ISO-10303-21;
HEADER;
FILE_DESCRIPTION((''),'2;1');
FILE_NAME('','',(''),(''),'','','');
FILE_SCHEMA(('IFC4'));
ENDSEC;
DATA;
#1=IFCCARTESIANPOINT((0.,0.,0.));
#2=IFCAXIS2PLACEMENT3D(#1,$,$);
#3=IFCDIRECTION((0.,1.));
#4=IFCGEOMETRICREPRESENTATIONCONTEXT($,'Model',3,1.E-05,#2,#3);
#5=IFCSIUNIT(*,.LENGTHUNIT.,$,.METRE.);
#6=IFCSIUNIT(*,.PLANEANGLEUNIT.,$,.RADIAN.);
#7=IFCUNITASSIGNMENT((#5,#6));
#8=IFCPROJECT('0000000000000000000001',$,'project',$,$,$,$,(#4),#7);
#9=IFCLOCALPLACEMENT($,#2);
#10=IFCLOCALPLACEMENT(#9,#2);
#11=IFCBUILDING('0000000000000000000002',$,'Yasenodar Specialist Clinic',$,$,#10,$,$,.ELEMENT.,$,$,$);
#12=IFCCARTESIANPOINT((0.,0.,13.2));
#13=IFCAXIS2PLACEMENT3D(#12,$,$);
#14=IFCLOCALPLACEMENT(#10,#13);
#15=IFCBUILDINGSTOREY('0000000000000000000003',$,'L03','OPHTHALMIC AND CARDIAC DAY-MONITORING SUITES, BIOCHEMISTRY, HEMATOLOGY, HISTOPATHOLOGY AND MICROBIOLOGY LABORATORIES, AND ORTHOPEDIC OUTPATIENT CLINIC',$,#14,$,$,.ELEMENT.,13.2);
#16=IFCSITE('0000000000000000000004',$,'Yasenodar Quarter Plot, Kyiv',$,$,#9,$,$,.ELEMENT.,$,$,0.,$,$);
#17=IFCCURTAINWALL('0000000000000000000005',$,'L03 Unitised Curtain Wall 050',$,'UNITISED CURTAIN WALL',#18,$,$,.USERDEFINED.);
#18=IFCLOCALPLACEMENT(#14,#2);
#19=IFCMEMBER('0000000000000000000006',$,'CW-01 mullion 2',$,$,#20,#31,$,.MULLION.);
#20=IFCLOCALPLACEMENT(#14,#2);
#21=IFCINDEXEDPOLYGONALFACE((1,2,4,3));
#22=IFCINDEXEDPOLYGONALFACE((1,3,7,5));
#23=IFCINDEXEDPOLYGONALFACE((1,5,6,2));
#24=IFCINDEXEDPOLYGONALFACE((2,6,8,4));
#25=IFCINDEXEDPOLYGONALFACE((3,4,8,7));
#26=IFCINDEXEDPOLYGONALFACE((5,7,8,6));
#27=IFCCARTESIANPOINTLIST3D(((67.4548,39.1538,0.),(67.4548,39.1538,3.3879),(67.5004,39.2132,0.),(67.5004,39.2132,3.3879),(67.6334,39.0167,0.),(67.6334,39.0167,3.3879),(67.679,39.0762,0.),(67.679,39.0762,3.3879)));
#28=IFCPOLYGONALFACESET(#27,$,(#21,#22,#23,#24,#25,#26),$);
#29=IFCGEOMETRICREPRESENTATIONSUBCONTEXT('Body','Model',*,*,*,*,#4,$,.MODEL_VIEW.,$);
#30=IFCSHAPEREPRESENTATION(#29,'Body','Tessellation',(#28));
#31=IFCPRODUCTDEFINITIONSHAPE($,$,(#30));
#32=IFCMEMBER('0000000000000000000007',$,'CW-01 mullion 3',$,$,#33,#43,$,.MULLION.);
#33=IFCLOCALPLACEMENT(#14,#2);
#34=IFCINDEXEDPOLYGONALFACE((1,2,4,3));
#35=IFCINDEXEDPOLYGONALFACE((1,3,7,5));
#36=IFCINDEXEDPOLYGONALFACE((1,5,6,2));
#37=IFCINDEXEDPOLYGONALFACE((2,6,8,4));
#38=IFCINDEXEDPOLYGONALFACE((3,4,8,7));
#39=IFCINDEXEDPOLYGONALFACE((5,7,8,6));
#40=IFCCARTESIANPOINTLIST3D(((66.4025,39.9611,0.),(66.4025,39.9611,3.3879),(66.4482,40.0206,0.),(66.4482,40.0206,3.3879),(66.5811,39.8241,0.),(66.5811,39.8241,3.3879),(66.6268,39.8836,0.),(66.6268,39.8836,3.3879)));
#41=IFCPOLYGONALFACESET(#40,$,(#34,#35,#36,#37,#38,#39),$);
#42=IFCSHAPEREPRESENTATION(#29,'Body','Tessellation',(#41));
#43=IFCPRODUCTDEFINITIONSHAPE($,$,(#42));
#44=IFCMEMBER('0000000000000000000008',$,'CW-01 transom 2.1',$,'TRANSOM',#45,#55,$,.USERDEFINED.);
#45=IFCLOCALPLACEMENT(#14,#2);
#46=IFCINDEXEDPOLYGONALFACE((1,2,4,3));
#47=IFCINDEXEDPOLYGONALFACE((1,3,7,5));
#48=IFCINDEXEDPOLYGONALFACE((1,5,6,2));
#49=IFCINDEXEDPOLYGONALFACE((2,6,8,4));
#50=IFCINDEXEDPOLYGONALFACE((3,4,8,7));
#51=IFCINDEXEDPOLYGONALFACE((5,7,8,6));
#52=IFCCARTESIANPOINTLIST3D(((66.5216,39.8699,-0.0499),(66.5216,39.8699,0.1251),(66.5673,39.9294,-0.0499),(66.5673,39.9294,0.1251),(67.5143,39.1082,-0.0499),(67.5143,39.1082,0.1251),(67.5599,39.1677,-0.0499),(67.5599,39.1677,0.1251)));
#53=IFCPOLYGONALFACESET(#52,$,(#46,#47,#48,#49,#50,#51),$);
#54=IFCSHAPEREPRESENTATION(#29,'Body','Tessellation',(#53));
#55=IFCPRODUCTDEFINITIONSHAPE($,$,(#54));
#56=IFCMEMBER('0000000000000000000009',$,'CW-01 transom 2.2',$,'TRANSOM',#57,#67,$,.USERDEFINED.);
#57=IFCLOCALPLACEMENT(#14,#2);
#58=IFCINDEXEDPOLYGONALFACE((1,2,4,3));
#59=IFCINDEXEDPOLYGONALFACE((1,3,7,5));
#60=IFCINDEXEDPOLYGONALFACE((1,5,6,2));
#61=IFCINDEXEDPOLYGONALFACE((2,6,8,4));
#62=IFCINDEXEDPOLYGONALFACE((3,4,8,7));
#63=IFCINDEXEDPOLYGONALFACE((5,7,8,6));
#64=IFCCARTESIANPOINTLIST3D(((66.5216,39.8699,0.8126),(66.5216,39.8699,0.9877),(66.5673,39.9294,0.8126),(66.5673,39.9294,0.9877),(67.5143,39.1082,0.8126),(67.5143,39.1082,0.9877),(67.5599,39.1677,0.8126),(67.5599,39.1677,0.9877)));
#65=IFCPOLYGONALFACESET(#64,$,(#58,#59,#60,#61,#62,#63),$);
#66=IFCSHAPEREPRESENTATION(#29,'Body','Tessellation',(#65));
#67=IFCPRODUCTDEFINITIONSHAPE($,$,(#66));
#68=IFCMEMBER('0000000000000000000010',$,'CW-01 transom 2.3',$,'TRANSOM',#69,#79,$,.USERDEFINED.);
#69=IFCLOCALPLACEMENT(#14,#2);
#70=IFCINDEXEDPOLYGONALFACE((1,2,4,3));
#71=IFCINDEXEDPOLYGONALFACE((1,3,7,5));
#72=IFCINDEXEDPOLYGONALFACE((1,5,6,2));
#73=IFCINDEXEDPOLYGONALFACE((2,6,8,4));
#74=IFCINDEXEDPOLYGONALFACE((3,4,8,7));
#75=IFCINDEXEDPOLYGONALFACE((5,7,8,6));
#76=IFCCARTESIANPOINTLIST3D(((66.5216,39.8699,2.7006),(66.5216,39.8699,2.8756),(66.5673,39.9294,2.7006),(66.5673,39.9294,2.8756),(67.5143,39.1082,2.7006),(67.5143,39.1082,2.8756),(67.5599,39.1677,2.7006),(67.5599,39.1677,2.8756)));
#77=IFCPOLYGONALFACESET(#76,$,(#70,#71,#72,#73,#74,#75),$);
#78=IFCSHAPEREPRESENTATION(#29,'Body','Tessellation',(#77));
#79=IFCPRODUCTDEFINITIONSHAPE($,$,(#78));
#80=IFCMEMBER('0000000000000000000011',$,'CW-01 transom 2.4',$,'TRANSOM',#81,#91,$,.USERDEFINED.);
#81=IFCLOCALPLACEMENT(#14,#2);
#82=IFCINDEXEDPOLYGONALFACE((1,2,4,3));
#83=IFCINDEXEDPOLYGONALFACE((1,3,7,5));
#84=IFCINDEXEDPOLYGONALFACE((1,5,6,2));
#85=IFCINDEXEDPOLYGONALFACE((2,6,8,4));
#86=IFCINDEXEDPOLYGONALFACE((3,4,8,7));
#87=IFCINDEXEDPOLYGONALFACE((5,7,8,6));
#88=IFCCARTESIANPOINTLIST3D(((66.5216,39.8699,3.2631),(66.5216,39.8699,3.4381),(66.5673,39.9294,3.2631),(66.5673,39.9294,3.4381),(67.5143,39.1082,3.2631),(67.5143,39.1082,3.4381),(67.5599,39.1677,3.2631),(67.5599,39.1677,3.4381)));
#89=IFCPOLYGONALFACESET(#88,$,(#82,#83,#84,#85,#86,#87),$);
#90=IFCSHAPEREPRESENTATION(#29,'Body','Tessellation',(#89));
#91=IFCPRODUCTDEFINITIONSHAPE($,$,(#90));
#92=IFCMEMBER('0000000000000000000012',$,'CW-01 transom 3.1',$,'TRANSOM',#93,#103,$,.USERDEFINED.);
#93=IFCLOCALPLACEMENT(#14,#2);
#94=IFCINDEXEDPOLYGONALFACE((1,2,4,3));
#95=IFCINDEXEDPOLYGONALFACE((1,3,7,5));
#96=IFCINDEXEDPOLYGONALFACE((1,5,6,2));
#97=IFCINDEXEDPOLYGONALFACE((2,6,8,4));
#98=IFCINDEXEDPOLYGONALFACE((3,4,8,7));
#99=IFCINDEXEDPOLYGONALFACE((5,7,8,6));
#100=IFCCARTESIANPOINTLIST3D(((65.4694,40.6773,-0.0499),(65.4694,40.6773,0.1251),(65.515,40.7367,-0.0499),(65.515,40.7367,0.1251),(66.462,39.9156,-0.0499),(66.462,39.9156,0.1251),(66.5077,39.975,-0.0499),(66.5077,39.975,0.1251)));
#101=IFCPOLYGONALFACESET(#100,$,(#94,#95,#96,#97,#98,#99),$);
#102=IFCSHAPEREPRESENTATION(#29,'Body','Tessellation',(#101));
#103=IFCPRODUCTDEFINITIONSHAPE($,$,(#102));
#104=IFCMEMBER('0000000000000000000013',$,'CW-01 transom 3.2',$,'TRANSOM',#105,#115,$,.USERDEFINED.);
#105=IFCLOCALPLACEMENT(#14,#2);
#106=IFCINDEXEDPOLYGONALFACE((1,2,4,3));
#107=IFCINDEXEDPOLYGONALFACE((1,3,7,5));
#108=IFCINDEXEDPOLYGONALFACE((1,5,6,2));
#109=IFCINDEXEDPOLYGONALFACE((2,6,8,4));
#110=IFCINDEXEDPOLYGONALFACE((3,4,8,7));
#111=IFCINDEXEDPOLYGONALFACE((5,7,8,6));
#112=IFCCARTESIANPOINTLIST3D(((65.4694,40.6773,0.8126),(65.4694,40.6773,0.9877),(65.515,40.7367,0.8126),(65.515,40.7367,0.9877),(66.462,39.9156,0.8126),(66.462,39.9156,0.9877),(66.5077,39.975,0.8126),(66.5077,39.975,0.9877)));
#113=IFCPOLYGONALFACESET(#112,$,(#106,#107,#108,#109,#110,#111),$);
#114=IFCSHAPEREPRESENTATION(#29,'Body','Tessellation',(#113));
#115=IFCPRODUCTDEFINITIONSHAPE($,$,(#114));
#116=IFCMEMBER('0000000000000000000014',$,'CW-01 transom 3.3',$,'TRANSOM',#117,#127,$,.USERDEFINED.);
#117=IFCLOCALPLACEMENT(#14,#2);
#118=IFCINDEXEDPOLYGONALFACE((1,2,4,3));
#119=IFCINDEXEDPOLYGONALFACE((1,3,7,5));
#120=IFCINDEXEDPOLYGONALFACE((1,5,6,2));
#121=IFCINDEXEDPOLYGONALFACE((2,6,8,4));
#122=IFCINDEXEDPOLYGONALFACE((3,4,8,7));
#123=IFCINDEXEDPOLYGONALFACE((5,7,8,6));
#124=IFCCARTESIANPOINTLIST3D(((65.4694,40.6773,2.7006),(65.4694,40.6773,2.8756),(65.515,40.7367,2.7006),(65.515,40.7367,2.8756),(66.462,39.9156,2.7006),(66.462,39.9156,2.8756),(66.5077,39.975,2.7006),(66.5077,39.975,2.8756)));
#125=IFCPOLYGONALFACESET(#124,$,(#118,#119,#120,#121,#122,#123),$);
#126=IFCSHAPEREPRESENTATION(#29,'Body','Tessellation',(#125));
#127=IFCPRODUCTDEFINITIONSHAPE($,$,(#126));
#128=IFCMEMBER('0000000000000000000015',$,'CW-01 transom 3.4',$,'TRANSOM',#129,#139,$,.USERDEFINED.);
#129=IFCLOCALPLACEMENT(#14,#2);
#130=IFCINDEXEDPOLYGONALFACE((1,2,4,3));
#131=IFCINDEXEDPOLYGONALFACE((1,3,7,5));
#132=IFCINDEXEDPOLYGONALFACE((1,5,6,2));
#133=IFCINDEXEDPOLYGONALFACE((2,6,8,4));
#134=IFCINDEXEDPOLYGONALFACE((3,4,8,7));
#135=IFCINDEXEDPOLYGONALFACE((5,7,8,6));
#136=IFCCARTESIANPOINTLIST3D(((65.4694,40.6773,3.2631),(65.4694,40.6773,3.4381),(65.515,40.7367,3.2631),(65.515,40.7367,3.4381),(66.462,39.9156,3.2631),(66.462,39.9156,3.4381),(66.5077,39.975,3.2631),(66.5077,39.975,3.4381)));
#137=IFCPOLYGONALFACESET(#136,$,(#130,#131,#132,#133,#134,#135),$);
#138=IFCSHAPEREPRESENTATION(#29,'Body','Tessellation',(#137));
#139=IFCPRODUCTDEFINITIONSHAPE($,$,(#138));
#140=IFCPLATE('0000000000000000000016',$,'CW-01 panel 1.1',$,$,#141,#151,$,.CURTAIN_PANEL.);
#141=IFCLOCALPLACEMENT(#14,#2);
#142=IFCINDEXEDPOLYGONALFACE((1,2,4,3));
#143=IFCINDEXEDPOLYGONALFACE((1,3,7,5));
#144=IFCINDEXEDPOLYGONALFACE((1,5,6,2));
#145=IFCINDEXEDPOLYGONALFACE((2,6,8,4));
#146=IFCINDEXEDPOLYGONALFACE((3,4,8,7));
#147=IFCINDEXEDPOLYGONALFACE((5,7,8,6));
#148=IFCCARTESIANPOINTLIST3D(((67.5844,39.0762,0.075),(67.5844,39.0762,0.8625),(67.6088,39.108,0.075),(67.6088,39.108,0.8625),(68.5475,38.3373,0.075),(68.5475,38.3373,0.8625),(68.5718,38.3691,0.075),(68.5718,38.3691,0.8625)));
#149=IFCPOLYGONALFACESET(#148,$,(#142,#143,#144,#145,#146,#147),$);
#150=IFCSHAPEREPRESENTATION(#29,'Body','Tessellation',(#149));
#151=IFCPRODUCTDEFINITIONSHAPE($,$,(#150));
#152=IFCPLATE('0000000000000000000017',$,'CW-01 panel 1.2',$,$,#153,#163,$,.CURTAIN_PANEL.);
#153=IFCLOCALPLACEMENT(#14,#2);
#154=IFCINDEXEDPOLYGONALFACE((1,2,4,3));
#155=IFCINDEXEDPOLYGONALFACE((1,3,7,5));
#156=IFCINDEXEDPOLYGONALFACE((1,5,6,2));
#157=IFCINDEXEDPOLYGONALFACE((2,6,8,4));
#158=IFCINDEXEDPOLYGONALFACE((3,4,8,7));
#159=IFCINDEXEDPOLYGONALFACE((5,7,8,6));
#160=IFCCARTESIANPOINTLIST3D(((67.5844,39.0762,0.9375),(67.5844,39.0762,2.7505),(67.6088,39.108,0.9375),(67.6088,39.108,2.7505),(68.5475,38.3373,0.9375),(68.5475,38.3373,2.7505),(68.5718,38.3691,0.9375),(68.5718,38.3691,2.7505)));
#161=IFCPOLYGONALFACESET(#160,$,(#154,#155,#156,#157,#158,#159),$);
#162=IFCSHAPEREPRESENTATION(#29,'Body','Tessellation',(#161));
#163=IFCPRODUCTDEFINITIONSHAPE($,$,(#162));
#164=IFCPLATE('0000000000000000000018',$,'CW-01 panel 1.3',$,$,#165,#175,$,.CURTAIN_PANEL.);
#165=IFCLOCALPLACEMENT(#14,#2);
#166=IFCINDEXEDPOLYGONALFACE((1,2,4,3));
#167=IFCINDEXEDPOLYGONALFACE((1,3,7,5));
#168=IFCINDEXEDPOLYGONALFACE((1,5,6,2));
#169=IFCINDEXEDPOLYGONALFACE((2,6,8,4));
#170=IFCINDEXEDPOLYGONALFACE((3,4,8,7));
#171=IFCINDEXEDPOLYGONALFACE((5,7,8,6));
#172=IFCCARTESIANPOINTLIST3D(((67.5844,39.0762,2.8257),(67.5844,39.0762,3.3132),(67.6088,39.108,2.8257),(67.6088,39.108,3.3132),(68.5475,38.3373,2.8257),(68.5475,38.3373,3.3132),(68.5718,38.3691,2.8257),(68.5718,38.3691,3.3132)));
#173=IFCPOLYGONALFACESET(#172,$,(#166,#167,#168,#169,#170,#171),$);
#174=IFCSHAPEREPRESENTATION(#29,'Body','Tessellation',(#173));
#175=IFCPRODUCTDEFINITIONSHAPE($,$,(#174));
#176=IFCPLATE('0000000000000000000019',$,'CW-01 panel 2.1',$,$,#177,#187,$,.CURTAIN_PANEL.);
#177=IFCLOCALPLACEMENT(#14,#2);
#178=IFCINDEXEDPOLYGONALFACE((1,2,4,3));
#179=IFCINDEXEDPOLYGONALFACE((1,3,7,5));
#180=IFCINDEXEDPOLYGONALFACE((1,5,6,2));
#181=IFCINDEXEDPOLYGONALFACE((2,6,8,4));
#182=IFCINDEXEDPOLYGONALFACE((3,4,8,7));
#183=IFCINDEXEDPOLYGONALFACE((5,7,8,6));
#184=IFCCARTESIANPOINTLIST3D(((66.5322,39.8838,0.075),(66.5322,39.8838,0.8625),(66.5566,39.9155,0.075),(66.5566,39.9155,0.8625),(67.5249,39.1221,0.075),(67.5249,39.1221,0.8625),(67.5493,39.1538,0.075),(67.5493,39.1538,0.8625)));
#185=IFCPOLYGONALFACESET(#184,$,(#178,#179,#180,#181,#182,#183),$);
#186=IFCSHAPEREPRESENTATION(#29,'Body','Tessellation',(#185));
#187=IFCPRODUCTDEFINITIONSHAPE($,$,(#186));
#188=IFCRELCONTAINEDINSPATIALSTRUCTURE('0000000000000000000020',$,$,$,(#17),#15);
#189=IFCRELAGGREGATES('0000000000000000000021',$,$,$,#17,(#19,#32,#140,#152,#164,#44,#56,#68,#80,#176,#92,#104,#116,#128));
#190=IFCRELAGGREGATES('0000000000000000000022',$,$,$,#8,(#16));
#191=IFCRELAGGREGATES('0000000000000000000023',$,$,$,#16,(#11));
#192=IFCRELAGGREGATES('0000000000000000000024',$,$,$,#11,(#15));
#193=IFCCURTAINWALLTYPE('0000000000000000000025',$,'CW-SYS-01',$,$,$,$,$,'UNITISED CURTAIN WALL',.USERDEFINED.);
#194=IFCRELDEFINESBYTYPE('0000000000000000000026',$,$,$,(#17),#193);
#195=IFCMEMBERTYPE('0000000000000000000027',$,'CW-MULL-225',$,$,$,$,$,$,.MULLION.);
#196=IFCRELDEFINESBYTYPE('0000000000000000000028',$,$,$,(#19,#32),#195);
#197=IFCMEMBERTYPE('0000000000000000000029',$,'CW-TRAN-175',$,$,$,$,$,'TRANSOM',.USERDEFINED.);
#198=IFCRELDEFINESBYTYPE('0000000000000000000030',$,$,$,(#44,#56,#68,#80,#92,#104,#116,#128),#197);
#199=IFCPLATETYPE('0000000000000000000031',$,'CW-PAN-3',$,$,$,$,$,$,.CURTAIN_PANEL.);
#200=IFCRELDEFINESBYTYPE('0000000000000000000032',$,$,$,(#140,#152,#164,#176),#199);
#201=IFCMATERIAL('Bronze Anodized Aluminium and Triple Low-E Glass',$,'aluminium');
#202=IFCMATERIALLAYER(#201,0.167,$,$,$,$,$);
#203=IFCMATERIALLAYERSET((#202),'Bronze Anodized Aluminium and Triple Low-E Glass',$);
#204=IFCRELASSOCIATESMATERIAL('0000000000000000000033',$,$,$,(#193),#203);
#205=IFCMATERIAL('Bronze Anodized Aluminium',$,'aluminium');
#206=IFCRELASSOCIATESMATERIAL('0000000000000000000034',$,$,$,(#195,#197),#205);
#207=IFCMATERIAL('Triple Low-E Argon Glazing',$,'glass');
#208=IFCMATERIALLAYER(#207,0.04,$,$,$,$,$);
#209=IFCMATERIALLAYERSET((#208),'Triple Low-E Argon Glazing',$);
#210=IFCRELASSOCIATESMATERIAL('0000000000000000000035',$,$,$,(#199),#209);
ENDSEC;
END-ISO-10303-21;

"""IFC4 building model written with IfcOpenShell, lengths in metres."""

from ifc_helpers import new_model, si_unit, direction, frame, origin, origin_2d, place, context, subcontext, project, spatial, rectangle, extrude, material, layer, layer_set, material_profile, profile_set, type_object, element, aggregate, save


model = new_model("IFC4")

# Units and contexts
model_context = context("Model", 3, precision=1e-05, world=origin(), true_north=direction((0.0, 1.0)))
body_context = subcontext(model_context, "Body", "Model", "MODEL_VIEW")
ifc_project = project(units=[si_unit("LENGTHUNIT", "METRE"), si_unit("PLANEANGLEUNIT", "RADIAN")], contexts=[model_context])

# Site, building, storey
site_placement = place(None, origin())
site = spatial("IfcSite", under=ifc_project, at=site_placement, Name="Yasenodar Quarter Plot, Kyiv", CompositionType="ELEMENT", RefElevation=0.0)
building_placement = place(site_placement, origin())
building = spatial("IfcBuilding", under=site, at=building_placement, Name="Yasenodar Specialist Clinic", CompositionType="ELEMENT")
storey_placement = place(building_placement, frame((0.0, 0.0, 13.2)))
storey = spatial("IfcBuildingStorey", under=building, at=storey_placement, Name="L03", Description="OPHTHALMIC AND CARDIAC DAY-MONITORING SUITES, BIOCHEMISTRY, HEMATOLOGY, HISTOPATHOLOGY AND MICROBIOLOGY LABORATORIES, AND ORTHOPEDIC OUTPATIENT CLINIC", CompositionType="ELEMENT", Elevation=13.2)

# Curtain wall, members, plates
ifc_material_1 = material(Name="Bronze Anodized Aluminium and Triple Low-E Glass", Category="aluminium")
ifc_layer_1 = layer(ifc_material_1, 0.167)
ifc_layer_set_1 = layer_set([ifc_layer_1], Name="Bronze Anodized Aluminium and Triple Low-E Glass")
curtain_wall_type = type_object("IfcCurtainWallType", Name="CW-SYS-01", ElementType="UNITISED CURTAIN WALL", PredefinedType="USERDEFINED", material=ifc_layer_set_1)
curtain_wall_placement = place(storey_placement, origin())
curtain_wall = element("IfcCurtainWall", 1, at=curtain_wall_placement, inside=storey, type_object=curtain_wall_type, Name="L03 Unitised Curtain Wall 050", ObjectType="UNITISED CURTAIN WALL", PredefinedType="USERDEFINED")
ifc_material_2 = material(Name="Bronze Anodized Aluminium", Category="aluminium")
ifc_material_profile_1 = material_profile(ifc_material_2, rectangle(XDim=0.075, YDim=0.2251, at=origin_2d()), Name="CW-MULL 75x225")
ifc_profile_set_1 = profile_set([ifc_material_profile_1], Name="Bronze Anodized Aluminium")
member_type_1 = type_object("IfcMemberType", Name="CW-MULL-225", PredefinedType="MULLION", material=ifc_profile_set_1)
member_1_placement = place(storey_placement, frame((67.5669, 39.115, 0.0), z_axis=(0.0, 0.0, 1.0), x_axis=(-0.608752, -0.793361, 0.0)))
member_1 = element("IfcMember", 2, at=member_1_placement, type_object=member_type_1, Name="CW-01 mullion 2", PredefinedType="MULLION", context=body_context, shape_type="SweptSolid", body=[
    extrude(rectangle(XDim=0.075, YDim=0.2251, at=origin_2d()), origin(), (0.0, 0.0, 1.0), 3.3879),
])
member_2_placement = place(storey_placement, frame((66.5146, 39.9224, 0.0), z_axis=(0.0, 0.0, 1.0), x_axis=(-0.608752, -0.793361, 0.0)))
member_2 = element("IfcMember", 3, at=member_2_placement, type_object=member_type_1, Name="CW-01 mullion 3", PredefinedType="MULLION", context=body_context, shape_type="SweptSolid", body=[
    extrude(rectangle(XDim=0.075, YDim=0.2251, at=origin_2d()), origin(), (0.0, 0.0, 1.0), 3.3879),
])
ifc_material_profile_2 = material_profile(ifc_material_2, rectangle(XDim=0.075, YDim=0.175, at=origin_2d()), Name="CW-TRAN 75x175")
ifc_profile_set_2 = profile_set([ifc_material_profile_2], Name="Bronze Anodized Aluminium")
member_type_2 = type_object("IfcMemberType", Name="CW-TRAN-175", ElementType="TRANSOM", PredefinedType="USERDEFINED", material=ifc_profile_set_2)
member_3_placement = place(storey_placement, frame((67.5371, 39.1379, 0.0376), z_axis=(-0.793349, 0.608767, 0.0), x_axis=(-0.608767, -0.793349, 0.0)))
member_3 = element("IfcMember", 4, at=member_3_placement, type_object=member_type_2, Name="CW-01 transom 2.1", ObjectType="TRANSOM", PredefinedType="USERDEFINED", context=body_context, shape_type="SweptSolid", body=[
    extrude(rectangle(XDim=0.075, YDim=0.175, at=origin_2d()), origin(), (0.0, 0.0, 1.0), 1.2512),
])
member_4_placement = place(storey_placement, frame((67.5371, 39.1379, 0.9001), z_axis=(-0.793349, 0.608767, 0.0), x_axis=(-0.608767, -0.793349, 0.0)))
member_4 = element("IfcMember", 5, at=member_4_placement, type_object=member_type_2, Name="CW-01 transom 2.2", ObjectType="TRANSOM", PredefinedType="USERDEFINED", context=body_context, shape_type="SweptSolid", body=[
    extrude(rectangle(XDim=0.075, YDim=0.175, at=origin_2d()), origin(), (0.0, 0.0, 1.0), 1.2512),
])
member_5_placement = place(storey_placement, frame((67.5371, 39.1379, 2.7881), z_axis=(-0.793349, 0.608767, 0.0), x_axis=(-0.608767, -0.793349, 0.0)))
member_5 = element("IfcMember", 6, at=member_5_placement, type_object=member_type_2, Name="CW-01 transom 2.3", ObjectType="TRANSOM", PredefinedType="USERDEFINED", context=body_context, shape_type="SweptSolid", body=[
    extrude(rectangle(XDim=0.075, YDim=0.175, at=origin_2d()), origin(), (0.0, 0.0, 1.0), 1.2512),
])
member_6_placement = place(storey_placement, frame((67.5371, 39.1379, 3.3506), z_axis=(-0.793349, 0.608767, 0.0), x_axis=(-0.608767, -0.793349, 0.0)))
member_6 = element("IfcMember", 7, at=member_6_placement, type_object=member_type_2, Name="CW-01 transom 2.4", ObjectType="TRANSOM", PredefinedType="USERDEFINED", context=body_context, shape_type="SweptSolid", body=[
    extrude(rectangle(XDim=0.075, YDim=0.175, at=origin_2d()), origin(), (0.0, 0.0, 1.0), 1.2512),
])
member_7_placement = place(storey_placement, frame((66.4849, 39.9453, 0.0376), z_axis=(-0.793349, 0.608767, 0.0), x_axis=(-0.608767, -0.793349, 0.0)))
member_7 = element("IfcMember", 8, at=member_7_placement, type_object=member_type_2, Name="CW-01 transom 3.1", ObjectType="TRANSOM", PredefinedType="USERDEFINED", context=body_context, shape_type="SweptSolid", body=[
    extrude(rectangle(XDim=0.075, YDim=0.175, at=origin_2d()), origin(), (0.0, 0.0, 1.0), 1.2512),
])
member_8_placement = place(storey_placement, frame((66.4849, 39.9453, 0.9001), z_axis=(-0.793349, 0.608767, 0.0), x_axis=(-0.608767, -0.793349, 0.0)))
member_8 = element("IfcMember", 9, at=member_8_placement, type_object=member_type_2, Name="CW-01 transom 3.2", ObjectType="TRANSOM", PredefinedType="USERDEFINED", context=body_context, shape_type="SweptSolid", body=[
    extrude(rectangle(XDim=0.075, YDim=0.175, at=origin_2d()), origin(), (0.0, 0.0, 1.0), 1.2512),
])
member_9_placement = place(storey_placement, frame((66.4849, 39.9453, 2.7881), z_axis=(-0.793349, 0.608767, 0.0), x_axis=(-0.608767, -0.793349, 0.0)))
member_9 = element("IfcMember", 10, at=member_9_placement, type_object=member_type_2, Name="CW-01 transom 3.3", ObjectType="TRANSOM", PredefinedType="USERDEFINED", context=body_context, shape_type="SweptSolid", body=[
    extrude(rectangle(XDim=0.075, YDim=0.175, at=origin_2d()), origin(), (0.0, 0.0, 1.0), 1.2512),
])
member_10_placement = place(storey_placement, frame((66.4849, 39.9453, 3.3506), z_axis=(-0.793349, 0.608767, 0.0), x_axis=(-0.608767, -0.793349, 0.0)))
member_10 = element("IfcMember", 11, at=member_10_placement, type_object=member_type_2, Name="CW-01 transom 3.4", ObjectType="TRANSOM", PredefinedType="USERDEFINED", context=body_context, shape_type="SweptSolid", body=[
    extrude(rectangle(XDim=0.075, YDim=0.175, at=origin_2d()), origin(), (0.0, 0.0, 1.0), 1.2512),
])
ifc_material_3 = material(Name="Triple Low-E Argon Glazing", Category="glass")
ifc_layer_2 = layer(ifc_material_3, 0.04)
ifc_layer_set_2 = layer_set([ifc_layer_2], Name="Triple Low-E Argon Glazing")
plate_type_1 = type_object("IfcPlateType", Name="CW-PAN-3", PredefinedType="CURTAIN_PANEL", material=ifc_layer_set_2)
plate_1_placement = place(storey_placement, frame((68.0781, 38.7227, 0.075), z_axis=(0.0, 0.0, 1.0), x_axis=(-0.793361, 0.608752, 0.0)))
plate_1 = element("IfcPlate", 12, at=plate_1_placement, type_object=plate_type_1, Name="CW-01 panel 1.1", PredefinedType="CURTAIN_PANEL", context=body_context, shape_type="SweptSolid", body=[
    extrude(rectangle(XDim=1.2139, YDim=0.04, at=origin_2d()), origin(), (0.0, 0.0, 1.0), 0.7876),
])
plate_2_placement = place(storey_placement, frame((68.0781, 38.7227, 0.9375), z_axis=(0.0, 0.0, 1.0), x_axis=(-0.793361, 0.608752, 0.0)))
plate_2 = element("IfcPlate", 13, at=plate_2_placement, type_object=plate_type_1, Name="CW-01 panel 1.2", PredefinedType="CURTAIN_PANEL", context=body_context, shape_type="SweptSolid", body=[
    extrude(rectangle(XDim=1.2139, YDim=0.04, at=origin_2d()), origin(), (0.0, 0.0, 1.0), 1.813),
])
plate_3_placement = place(storey_placement, frame((68.0781, 38.7227, 2.8257), z_axis=(0.0, 0.0, 1.0), x_axis=(-0.793361, 0.608752, 0.0)))
plate_3 = element("IfcPlate", 14, at=plate_3_placement, type_object=plate_type_1, Name="CW-01 panel 1.3", PredefinedType="CURTAIN_PANEL", context=body_context, shape_type="SweptSolid", body=[
    extrude(rectangle(XDim=1.2139, YDim=0.04, at=origin_2d()), origin(), (0.0, 0.0, 1.0), 0.4875),
])
plate_4_placement = place(storey_placement, frame((67.0408, 39.5188, 0.075), z_axis=(0.0, 0.0, 1.0), x_axis=(-0.793361, 0.608752, 0.0)))
plate_4 = element("IfcPlate", 15, at=plate_4_placement, type_object=plate_type_1, Name="CW-01 panel 2.1", PredefinedType="CURTAIN_PANEL", context=body_context, shape_type="SweptSolid", body=[
    extrude(rectangle(XDim=1.2512, YDim=0.04, at=origin_2d()), origin(), (0.0, 0.0, 1.0), 0.7876),
])
aggregate(curtain_wall, [member_1, member_2, plate_1, plate_2, plate_3, member_3, member_4, member_5, member_6, plate_4, member_7, member_8, member_9, member_10])

save(model, "model.ifc")
